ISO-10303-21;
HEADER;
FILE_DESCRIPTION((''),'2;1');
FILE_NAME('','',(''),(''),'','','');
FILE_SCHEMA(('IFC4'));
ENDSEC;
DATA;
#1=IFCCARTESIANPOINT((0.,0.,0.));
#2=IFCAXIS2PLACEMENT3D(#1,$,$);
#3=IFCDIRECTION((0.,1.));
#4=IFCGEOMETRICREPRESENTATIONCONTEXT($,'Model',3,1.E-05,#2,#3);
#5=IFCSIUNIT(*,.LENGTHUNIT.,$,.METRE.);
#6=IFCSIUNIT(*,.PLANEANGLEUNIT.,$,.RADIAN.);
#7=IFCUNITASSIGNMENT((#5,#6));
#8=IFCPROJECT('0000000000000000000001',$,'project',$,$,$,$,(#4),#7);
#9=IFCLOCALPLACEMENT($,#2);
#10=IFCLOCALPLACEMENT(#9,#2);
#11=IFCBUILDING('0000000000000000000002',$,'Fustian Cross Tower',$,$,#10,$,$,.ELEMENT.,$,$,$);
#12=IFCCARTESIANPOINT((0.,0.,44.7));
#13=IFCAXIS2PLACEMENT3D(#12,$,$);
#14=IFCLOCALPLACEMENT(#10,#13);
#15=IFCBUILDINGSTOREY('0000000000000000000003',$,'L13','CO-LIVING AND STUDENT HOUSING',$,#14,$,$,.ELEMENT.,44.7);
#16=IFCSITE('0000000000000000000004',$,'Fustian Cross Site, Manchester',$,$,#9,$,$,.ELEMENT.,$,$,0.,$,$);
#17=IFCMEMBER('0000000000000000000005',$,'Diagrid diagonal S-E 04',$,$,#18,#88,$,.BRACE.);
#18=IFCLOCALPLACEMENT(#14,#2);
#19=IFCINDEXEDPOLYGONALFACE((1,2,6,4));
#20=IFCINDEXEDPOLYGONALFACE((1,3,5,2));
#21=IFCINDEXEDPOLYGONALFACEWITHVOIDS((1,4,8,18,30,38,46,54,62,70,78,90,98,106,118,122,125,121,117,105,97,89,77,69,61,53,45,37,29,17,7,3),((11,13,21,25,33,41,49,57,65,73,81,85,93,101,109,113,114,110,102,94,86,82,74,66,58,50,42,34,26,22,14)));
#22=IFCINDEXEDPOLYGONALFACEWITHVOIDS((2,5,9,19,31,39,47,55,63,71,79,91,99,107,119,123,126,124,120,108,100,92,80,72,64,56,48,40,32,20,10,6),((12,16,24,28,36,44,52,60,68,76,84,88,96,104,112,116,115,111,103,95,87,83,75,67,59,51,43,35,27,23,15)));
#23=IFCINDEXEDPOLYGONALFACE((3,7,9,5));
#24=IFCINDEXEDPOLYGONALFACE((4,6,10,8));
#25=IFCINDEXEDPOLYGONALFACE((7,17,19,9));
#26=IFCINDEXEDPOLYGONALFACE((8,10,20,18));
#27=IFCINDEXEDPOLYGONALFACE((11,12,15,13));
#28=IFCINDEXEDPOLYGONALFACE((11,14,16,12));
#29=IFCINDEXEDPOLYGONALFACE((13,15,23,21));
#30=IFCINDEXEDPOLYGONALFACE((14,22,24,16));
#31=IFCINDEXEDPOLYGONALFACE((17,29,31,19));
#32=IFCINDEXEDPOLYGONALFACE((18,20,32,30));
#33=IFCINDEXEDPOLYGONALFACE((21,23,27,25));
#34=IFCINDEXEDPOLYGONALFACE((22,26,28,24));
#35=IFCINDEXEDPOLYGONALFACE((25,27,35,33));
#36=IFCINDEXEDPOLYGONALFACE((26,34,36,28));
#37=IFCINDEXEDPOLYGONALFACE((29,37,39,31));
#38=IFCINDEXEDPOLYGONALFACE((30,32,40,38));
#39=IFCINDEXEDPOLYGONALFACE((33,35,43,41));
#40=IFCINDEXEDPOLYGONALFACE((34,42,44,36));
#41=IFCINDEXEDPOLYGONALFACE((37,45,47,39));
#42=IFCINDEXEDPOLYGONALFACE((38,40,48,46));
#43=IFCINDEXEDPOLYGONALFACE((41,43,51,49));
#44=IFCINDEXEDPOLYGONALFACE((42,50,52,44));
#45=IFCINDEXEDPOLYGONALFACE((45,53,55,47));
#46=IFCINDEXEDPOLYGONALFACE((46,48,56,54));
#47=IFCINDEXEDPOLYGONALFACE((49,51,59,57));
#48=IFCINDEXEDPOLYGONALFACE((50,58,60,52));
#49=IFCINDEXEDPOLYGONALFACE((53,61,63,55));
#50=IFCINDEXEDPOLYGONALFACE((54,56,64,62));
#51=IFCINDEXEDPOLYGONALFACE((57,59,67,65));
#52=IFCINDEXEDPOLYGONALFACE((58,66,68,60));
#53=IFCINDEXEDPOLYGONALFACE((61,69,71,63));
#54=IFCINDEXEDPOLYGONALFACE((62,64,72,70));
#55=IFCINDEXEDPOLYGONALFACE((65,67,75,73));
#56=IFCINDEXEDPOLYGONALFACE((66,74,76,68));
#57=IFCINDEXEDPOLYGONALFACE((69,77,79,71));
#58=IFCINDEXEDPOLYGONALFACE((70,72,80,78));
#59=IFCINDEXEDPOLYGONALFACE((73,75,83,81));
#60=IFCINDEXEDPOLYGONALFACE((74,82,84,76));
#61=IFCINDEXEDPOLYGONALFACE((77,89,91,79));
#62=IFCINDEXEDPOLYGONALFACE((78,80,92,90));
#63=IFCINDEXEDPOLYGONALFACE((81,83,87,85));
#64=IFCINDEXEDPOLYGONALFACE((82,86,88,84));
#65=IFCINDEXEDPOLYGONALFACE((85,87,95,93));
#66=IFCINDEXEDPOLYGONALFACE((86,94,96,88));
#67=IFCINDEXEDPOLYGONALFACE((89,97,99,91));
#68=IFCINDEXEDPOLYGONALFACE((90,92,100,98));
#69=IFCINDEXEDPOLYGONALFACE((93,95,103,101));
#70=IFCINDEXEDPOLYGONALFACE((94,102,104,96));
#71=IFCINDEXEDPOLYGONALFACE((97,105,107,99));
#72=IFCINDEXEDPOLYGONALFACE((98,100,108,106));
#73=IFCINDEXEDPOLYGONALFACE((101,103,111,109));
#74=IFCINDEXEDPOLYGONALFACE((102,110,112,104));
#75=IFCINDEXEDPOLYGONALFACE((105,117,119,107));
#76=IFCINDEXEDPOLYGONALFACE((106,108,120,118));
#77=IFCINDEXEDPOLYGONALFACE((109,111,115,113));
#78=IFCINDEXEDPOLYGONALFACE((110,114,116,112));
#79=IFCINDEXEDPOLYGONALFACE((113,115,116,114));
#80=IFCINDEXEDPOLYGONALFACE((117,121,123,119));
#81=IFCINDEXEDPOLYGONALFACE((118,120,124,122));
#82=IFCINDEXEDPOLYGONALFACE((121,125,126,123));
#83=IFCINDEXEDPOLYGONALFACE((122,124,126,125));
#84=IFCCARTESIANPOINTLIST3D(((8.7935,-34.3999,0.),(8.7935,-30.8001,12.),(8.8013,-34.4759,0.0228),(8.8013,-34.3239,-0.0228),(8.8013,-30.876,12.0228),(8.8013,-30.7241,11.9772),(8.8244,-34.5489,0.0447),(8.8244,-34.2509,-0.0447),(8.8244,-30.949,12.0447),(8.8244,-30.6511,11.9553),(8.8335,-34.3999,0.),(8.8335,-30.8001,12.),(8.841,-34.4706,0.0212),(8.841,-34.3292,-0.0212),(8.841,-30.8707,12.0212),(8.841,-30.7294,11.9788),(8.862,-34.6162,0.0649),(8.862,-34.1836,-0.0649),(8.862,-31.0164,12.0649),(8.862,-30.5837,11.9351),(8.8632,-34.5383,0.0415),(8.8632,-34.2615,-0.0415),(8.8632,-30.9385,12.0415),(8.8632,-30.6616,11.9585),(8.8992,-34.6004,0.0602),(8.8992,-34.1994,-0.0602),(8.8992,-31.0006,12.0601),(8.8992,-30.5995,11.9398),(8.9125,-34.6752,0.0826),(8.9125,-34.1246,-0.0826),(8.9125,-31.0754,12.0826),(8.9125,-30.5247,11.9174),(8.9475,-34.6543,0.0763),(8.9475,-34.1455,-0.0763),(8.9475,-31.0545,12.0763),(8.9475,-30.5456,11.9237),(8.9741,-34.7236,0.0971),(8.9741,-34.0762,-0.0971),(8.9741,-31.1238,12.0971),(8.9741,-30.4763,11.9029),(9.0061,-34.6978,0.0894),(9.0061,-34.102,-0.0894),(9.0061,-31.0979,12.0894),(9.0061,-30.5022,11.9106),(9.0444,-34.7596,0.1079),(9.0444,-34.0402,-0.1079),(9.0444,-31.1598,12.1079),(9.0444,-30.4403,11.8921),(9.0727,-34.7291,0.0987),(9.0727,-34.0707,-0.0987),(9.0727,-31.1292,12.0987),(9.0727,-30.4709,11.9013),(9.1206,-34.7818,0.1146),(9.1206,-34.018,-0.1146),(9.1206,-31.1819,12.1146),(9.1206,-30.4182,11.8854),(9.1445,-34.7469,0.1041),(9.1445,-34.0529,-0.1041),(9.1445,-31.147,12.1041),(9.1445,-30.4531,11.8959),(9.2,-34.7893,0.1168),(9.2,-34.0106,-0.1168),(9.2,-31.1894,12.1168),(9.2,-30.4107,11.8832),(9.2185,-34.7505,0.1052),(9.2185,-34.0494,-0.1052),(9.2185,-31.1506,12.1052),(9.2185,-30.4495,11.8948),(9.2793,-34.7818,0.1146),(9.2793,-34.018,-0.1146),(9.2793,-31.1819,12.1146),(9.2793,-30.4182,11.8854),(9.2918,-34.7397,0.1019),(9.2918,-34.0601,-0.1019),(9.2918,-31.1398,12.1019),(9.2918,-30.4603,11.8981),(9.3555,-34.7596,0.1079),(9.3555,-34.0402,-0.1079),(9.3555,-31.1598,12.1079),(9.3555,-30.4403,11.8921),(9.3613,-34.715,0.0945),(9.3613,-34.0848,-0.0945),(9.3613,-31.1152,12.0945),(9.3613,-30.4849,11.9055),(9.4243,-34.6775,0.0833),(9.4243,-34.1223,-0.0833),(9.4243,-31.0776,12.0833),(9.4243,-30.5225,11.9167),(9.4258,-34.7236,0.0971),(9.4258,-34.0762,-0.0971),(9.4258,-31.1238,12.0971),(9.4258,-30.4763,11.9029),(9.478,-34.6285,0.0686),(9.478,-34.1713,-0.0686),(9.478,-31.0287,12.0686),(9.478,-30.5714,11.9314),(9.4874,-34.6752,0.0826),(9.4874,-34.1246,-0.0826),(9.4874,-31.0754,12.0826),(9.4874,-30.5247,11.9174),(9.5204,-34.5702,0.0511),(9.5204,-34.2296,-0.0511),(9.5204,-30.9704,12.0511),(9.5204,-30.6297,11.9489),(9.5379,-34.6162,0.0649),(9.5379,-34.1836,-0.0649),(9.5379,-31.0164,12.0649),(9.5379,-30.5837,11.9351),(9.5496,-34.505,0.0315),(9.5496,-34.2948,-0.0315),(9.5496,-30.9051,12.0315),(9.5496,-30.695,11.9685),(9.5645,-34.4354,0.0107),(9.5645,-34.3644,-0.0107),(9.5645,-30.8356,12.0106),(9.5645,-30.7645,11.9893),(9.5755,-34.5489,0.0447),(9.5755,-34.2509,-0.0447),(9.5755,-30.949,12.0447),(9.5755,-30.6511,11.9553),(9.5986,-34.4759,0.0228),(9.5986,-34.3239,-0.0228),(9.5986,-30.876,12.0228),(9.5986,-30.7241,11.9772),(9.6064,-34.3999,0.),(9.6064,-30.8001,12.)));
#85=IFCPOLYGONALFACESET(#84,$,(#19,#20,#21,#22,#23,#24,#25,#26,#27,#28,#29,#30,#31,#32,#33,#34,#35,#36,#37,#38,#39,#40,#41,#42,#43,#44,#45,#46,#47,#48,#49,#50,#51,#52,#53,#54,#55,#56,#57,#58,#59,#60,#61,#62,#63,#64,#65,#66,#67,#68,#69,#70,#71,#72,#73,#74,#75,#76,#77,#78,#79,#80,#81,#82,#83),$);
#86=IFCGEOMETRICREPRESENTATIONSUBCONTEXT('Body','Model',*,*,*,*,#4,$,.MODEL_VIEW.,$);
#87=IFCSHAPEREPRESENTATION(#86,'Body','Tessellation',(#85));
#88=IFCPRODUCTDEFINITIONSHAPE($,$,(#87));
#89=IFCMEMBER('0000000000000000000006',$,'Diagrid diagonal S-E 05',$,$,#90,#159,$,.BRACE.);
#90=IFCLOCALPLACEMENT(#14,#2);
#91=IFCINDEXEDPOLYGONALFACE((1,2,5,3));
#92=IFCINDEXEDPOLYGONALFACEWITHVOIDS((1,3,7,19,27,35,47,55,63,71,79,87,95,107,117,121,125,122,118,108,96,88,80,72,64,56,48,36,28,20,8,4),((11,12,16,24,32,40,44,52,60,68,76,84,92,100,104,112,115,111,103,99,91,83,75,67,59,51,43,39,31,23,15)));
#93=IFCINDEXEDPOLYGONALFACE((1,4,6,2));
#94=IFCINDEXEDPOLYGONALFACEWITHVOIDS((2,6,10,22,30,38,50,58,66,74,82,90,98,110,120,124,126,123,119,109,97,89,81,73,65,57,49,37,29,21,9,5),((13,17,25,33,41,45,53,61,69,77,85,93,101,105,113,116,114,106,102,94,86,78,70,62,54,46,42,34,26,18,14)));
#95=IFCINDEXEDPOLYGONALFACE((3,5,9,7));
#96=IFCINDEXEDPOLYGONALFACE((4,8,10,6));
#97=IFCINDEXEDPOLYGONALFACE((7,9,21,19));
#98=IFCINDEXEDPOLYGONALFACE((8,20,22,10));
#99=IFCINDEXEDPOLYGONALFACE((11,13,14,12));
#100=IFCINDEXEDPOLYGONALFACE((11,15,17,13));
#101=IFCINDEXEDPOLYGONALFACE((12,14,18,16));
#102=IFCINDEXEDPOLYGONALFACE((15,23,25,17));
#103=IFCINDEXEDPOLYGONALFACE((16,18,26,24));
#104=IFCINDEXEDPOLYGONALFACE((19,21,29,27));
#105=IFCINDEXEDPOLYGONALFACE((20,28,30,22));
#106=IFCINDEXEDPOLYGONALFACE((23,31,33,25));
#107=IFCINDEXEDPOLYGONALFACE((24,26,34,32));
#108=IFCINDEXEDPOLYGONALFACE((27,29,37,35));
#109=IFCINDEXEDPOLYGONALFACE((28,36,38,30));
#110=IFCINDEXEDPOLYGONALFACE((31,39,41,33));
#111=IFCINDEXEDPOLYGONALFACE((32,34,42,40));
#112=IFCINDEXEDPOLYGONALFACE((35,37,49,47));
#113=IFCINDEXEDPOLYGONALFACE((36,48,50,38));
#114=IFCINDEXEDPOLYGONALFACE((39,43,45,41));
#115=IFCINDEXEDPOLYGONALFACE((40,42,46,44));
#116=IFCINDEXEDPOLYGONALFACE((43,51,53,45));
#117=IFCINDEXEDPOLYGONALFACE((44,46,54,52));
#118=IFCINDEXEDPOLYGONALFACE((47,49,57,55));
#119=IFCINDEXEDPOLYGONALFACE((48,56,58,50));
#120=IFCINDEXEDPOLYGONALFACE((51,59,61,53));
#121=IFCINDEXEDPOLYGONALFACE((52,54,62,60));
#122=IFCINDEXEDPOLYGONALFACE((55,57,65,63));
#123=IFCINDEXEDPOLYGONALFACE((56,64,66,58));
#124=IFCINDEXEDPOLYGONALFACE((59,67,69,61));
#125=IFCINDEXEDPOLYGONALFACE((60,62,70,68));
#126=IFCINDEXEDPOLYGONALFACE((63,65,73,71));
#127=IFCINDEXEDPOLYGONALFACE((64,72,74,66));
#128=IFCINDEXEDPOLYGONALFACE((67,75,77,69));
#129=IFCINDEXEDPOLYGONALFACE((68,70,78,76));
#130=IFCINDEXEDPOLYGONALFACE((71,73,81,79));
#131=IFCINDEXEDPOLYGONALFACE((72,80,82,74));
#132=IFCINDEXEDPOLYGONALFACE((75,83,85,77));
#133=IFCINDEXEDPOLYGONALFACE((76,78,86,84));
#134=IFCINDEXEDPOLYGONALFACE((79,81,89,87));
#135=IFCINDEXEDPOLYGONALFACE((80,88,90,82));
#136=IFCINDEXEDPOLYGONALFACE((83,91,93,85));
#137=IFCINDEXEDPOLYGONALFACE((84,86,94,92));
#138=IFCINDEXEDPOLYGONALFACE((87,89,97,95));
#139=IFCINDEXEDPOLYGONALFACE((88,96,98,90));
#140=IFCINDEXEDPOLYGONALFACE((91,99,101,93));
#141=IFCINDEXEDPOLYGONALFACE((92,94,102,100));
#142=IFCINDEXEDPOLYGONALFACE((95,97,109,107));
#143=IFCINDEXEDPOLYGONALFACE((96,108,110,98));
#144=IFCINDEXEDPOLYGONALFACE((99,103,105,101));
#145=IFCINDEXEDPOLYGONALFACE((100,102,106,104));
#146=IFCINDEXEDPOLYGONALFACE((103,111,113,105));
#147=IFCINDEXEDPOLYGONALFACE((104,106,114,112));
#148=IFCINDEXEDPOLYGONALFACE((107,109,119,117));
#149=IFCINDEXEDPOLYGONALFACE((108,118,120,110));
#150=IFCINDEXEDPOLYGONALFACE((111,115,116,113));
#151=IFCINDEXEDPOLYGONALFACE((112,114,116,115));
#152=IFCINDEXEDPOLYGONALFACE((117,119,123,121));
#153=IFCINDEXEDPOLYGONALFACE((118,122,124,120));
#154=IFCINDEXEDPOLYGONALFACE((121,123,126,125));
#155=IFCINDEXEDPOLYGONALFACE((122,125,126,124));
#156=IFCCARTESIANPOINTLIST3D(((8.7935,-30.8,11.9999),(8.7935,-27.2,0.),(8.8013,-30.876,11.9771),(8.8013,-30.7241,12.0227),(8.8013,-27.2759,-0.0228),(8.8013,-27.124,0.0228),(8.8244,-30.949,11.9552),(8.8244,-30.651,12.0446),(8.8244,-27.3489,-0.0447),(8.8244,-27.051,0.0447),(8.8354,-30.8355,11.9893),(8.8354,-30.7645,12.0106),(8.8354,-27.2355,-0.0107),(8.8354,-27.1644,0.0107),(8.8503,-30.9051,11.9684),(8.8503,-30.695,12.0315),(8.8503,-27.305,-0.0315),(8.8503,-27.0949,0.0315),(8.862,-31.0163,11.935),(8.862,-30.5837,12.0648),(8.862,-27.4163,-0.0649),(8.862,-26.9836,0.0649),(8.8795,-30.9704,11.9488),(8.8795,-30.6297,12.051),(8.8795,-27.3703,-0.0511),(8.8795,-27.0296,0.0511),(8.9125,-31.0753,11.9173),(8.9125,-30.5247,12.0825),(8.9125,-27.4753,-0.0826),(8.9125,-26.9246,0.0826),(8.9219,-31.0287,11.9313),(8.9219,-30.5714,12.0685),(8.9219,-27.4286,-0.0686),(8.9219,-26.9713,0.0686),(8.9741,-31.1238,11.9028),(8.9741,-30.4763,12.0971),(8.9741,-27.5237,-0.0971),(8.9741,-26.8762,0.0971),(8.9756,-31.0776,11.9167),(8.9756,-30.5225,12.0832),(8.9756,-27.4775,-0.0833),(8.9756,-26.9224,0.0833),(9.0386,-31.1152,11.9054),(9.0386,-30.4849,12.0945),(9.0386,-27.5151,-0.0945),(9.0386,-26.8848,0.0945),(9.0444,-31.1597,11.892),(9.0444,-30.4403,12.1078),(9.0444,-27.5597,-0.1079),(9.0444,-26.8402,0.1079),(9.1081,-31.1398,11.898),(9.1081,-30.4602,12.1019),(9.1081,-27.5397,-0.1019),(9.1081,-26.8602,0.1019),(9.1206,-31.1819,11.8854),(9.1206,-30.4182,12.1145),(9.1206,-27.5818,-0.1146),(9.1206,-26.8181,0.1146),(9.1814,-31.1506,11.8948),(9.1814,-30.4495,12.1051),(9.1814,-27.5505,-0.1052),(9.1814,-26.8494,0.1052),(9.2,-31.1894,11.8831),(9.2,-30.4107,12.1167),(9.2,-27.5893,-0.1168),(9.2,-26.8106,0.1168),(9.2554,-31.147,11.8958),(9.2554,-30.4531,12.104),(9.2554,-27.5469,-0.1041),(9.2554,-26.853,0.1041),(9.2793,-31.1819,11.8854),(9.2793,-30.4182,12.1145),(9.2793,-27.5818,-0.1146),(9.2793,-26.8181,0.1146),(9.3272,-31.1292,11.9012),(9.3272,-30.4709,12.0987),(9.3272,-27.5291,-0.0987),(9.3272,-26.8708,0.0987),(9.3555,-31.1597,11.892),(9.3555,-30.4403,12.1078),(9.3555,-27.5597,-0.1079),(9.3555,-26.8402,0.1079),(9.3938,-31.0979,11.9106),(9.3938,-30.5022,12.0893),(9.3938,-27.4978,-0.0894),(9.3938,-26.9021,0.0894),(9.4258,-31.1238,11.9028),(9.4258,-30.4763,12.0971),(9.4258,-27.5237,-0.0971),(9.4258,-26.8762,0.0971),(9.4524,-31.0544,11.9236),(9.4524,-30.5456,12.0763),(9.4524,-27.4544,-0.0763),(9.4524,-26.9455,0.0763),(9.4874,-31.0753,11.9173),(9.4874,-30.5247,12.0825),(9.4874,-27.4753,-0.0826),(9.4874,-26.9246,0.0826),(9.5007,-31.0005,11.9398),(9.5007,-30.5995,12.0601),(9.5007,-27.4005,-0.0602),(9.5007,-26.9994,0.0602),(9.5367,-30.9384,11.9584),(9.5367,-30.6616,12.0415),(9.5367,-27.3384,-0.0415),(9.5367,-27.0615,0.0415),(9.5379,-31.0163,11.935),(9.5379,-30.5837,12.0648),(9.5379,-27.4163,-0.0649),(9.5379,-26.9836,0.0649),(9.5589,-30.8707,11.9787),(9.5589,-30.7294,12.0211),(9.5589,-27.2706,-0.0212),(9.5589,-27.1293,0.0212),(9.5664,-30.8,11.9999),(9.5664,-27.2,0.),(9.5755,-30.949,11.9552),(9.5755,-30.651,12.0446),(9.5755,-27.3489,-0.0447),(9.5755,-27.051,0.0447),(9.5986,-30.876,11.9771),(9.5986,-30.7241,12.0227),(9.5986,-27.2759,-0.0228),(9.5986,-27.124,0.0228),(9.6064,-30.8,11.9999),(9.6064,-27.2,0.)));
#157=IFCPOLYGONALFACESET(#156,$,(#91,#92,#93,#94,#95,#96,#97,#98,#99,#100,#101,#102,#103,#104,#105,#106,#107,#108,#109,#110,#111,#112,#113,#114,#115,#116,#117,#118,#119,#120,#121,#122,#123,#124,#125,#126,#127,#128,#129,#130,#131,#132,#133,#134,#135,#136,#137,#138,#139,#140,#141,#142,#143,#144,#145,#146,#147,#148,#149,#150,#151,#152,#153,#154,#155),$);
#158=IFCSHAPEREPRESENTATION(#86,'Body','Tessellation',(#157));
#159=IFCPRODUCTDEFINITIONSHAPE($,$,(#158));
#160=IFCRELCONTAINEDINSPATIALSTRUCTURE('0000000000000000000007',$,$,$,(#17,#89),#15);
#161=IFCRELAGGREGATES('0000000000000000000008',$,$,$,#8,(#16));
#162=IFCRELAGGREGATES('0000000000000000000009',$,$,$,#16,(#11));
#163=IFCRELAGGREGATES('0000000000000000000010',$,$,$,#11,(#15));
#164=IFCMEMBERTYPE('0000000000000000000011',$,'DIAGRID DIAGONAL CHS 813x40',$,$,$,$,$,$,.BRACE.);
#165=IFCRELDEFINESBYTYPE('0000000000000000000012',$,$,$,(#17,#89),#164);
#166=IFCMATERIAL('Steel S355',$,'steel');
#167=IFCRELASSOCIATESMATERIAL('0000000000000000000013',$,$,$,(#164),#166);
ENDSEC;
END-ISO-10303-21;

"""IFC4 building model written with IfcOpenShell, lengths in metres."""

from ifc_helpers import new_model, si_unit, direction, frame, origin, origin_2d, place, context, subcontext, project, spatial, hollow_circle, extrude, material, material_profile, profile_set, type_object, element, save


model = new_model("IFC4")

# Units and contexts
model_context = context("Model", 3, precision=1e-05, world=origin(), true_north=direction((0.0, 1.0)))
body_context = subcontext(model_context, "Body", "Model", "MODEL_VIEW")
ifc_project = project(units=[si_unit("LENGTHUNIT", "METRE"), si_unit("PLANEANGLEUNIT", "RADIAN")], contexts=[model_context])

# Site, building, storey
site_placement = place(None, origin())
site = spatial("IfcSite", under=ifc_project, at=site_placement, Name="Fustian Cross Site, Manchester", CompositionType="ELEMENT", RefElevation=0.0)
building_placement = place(site_placement, origin())
building = spatial("IfcBuilding", under=site, at=building_placement, Name="Fustian Cross Tower", CompositionType="ELEMENT")
storey_placement = place(building_placement, frame((0.0, 0.0, 44.7)))
storey = spatial("IfcBuildingStorey", under=building, at=storey_placement, Name="L13", Description="CO-LIVING AND STUDENT HOUSING", CompositionType="ELEMENT", Elevation=44.7)

# Members
ifc_material_1 = material(Name="Steel S355", Category="steel")
ifc_material_profile_1 = material_profile(ifc_material_1, hollow_circle(Radius=0.4065, WallThickness=0.04, at=origin_2d()), Name="CHS 813x40")
ifc_profile_set_1 = profile_set([ifc_material_profile_1], Name="Steel S355")
member_type_1 = type_object("IfcMemberType", Name="DIAGRID DIAGONAL CHS 813x40", PredefinedType="BRACE", material=ifc_profile_set_1)
for number, where, z_axis, x_axis, name in (
    (1, (9.2, -34.3999, 0.0), (0.0, 0.287337, 0.95783), (-1.0, 0.0, 0.0), "Diagrid diagonal S-E 04"),
    (2, (9.2, -27.2, 0.0), (0.0, -0.287355, 0.957824), (1.0, 0.0, 0.0), "Diagrid diagonal S-E 05"),
):
    element("IfcMember", number, at=place(storey_placement, frame(where, z_axis=z_axis, x_axis=x_axis)), inside=storey, type_object=member_type_1, Name=name, PredefinedType="BRACE", context=body_context, shape_type="SweptSolid", body=[
        extrude(hollow_circle(Radius=0.4065, WallThickness=0.04, at=origin_2d()), origin(), (0.0, 0.0, 1.0), 12.5283),
    ])

save(model, "model.ifc")
